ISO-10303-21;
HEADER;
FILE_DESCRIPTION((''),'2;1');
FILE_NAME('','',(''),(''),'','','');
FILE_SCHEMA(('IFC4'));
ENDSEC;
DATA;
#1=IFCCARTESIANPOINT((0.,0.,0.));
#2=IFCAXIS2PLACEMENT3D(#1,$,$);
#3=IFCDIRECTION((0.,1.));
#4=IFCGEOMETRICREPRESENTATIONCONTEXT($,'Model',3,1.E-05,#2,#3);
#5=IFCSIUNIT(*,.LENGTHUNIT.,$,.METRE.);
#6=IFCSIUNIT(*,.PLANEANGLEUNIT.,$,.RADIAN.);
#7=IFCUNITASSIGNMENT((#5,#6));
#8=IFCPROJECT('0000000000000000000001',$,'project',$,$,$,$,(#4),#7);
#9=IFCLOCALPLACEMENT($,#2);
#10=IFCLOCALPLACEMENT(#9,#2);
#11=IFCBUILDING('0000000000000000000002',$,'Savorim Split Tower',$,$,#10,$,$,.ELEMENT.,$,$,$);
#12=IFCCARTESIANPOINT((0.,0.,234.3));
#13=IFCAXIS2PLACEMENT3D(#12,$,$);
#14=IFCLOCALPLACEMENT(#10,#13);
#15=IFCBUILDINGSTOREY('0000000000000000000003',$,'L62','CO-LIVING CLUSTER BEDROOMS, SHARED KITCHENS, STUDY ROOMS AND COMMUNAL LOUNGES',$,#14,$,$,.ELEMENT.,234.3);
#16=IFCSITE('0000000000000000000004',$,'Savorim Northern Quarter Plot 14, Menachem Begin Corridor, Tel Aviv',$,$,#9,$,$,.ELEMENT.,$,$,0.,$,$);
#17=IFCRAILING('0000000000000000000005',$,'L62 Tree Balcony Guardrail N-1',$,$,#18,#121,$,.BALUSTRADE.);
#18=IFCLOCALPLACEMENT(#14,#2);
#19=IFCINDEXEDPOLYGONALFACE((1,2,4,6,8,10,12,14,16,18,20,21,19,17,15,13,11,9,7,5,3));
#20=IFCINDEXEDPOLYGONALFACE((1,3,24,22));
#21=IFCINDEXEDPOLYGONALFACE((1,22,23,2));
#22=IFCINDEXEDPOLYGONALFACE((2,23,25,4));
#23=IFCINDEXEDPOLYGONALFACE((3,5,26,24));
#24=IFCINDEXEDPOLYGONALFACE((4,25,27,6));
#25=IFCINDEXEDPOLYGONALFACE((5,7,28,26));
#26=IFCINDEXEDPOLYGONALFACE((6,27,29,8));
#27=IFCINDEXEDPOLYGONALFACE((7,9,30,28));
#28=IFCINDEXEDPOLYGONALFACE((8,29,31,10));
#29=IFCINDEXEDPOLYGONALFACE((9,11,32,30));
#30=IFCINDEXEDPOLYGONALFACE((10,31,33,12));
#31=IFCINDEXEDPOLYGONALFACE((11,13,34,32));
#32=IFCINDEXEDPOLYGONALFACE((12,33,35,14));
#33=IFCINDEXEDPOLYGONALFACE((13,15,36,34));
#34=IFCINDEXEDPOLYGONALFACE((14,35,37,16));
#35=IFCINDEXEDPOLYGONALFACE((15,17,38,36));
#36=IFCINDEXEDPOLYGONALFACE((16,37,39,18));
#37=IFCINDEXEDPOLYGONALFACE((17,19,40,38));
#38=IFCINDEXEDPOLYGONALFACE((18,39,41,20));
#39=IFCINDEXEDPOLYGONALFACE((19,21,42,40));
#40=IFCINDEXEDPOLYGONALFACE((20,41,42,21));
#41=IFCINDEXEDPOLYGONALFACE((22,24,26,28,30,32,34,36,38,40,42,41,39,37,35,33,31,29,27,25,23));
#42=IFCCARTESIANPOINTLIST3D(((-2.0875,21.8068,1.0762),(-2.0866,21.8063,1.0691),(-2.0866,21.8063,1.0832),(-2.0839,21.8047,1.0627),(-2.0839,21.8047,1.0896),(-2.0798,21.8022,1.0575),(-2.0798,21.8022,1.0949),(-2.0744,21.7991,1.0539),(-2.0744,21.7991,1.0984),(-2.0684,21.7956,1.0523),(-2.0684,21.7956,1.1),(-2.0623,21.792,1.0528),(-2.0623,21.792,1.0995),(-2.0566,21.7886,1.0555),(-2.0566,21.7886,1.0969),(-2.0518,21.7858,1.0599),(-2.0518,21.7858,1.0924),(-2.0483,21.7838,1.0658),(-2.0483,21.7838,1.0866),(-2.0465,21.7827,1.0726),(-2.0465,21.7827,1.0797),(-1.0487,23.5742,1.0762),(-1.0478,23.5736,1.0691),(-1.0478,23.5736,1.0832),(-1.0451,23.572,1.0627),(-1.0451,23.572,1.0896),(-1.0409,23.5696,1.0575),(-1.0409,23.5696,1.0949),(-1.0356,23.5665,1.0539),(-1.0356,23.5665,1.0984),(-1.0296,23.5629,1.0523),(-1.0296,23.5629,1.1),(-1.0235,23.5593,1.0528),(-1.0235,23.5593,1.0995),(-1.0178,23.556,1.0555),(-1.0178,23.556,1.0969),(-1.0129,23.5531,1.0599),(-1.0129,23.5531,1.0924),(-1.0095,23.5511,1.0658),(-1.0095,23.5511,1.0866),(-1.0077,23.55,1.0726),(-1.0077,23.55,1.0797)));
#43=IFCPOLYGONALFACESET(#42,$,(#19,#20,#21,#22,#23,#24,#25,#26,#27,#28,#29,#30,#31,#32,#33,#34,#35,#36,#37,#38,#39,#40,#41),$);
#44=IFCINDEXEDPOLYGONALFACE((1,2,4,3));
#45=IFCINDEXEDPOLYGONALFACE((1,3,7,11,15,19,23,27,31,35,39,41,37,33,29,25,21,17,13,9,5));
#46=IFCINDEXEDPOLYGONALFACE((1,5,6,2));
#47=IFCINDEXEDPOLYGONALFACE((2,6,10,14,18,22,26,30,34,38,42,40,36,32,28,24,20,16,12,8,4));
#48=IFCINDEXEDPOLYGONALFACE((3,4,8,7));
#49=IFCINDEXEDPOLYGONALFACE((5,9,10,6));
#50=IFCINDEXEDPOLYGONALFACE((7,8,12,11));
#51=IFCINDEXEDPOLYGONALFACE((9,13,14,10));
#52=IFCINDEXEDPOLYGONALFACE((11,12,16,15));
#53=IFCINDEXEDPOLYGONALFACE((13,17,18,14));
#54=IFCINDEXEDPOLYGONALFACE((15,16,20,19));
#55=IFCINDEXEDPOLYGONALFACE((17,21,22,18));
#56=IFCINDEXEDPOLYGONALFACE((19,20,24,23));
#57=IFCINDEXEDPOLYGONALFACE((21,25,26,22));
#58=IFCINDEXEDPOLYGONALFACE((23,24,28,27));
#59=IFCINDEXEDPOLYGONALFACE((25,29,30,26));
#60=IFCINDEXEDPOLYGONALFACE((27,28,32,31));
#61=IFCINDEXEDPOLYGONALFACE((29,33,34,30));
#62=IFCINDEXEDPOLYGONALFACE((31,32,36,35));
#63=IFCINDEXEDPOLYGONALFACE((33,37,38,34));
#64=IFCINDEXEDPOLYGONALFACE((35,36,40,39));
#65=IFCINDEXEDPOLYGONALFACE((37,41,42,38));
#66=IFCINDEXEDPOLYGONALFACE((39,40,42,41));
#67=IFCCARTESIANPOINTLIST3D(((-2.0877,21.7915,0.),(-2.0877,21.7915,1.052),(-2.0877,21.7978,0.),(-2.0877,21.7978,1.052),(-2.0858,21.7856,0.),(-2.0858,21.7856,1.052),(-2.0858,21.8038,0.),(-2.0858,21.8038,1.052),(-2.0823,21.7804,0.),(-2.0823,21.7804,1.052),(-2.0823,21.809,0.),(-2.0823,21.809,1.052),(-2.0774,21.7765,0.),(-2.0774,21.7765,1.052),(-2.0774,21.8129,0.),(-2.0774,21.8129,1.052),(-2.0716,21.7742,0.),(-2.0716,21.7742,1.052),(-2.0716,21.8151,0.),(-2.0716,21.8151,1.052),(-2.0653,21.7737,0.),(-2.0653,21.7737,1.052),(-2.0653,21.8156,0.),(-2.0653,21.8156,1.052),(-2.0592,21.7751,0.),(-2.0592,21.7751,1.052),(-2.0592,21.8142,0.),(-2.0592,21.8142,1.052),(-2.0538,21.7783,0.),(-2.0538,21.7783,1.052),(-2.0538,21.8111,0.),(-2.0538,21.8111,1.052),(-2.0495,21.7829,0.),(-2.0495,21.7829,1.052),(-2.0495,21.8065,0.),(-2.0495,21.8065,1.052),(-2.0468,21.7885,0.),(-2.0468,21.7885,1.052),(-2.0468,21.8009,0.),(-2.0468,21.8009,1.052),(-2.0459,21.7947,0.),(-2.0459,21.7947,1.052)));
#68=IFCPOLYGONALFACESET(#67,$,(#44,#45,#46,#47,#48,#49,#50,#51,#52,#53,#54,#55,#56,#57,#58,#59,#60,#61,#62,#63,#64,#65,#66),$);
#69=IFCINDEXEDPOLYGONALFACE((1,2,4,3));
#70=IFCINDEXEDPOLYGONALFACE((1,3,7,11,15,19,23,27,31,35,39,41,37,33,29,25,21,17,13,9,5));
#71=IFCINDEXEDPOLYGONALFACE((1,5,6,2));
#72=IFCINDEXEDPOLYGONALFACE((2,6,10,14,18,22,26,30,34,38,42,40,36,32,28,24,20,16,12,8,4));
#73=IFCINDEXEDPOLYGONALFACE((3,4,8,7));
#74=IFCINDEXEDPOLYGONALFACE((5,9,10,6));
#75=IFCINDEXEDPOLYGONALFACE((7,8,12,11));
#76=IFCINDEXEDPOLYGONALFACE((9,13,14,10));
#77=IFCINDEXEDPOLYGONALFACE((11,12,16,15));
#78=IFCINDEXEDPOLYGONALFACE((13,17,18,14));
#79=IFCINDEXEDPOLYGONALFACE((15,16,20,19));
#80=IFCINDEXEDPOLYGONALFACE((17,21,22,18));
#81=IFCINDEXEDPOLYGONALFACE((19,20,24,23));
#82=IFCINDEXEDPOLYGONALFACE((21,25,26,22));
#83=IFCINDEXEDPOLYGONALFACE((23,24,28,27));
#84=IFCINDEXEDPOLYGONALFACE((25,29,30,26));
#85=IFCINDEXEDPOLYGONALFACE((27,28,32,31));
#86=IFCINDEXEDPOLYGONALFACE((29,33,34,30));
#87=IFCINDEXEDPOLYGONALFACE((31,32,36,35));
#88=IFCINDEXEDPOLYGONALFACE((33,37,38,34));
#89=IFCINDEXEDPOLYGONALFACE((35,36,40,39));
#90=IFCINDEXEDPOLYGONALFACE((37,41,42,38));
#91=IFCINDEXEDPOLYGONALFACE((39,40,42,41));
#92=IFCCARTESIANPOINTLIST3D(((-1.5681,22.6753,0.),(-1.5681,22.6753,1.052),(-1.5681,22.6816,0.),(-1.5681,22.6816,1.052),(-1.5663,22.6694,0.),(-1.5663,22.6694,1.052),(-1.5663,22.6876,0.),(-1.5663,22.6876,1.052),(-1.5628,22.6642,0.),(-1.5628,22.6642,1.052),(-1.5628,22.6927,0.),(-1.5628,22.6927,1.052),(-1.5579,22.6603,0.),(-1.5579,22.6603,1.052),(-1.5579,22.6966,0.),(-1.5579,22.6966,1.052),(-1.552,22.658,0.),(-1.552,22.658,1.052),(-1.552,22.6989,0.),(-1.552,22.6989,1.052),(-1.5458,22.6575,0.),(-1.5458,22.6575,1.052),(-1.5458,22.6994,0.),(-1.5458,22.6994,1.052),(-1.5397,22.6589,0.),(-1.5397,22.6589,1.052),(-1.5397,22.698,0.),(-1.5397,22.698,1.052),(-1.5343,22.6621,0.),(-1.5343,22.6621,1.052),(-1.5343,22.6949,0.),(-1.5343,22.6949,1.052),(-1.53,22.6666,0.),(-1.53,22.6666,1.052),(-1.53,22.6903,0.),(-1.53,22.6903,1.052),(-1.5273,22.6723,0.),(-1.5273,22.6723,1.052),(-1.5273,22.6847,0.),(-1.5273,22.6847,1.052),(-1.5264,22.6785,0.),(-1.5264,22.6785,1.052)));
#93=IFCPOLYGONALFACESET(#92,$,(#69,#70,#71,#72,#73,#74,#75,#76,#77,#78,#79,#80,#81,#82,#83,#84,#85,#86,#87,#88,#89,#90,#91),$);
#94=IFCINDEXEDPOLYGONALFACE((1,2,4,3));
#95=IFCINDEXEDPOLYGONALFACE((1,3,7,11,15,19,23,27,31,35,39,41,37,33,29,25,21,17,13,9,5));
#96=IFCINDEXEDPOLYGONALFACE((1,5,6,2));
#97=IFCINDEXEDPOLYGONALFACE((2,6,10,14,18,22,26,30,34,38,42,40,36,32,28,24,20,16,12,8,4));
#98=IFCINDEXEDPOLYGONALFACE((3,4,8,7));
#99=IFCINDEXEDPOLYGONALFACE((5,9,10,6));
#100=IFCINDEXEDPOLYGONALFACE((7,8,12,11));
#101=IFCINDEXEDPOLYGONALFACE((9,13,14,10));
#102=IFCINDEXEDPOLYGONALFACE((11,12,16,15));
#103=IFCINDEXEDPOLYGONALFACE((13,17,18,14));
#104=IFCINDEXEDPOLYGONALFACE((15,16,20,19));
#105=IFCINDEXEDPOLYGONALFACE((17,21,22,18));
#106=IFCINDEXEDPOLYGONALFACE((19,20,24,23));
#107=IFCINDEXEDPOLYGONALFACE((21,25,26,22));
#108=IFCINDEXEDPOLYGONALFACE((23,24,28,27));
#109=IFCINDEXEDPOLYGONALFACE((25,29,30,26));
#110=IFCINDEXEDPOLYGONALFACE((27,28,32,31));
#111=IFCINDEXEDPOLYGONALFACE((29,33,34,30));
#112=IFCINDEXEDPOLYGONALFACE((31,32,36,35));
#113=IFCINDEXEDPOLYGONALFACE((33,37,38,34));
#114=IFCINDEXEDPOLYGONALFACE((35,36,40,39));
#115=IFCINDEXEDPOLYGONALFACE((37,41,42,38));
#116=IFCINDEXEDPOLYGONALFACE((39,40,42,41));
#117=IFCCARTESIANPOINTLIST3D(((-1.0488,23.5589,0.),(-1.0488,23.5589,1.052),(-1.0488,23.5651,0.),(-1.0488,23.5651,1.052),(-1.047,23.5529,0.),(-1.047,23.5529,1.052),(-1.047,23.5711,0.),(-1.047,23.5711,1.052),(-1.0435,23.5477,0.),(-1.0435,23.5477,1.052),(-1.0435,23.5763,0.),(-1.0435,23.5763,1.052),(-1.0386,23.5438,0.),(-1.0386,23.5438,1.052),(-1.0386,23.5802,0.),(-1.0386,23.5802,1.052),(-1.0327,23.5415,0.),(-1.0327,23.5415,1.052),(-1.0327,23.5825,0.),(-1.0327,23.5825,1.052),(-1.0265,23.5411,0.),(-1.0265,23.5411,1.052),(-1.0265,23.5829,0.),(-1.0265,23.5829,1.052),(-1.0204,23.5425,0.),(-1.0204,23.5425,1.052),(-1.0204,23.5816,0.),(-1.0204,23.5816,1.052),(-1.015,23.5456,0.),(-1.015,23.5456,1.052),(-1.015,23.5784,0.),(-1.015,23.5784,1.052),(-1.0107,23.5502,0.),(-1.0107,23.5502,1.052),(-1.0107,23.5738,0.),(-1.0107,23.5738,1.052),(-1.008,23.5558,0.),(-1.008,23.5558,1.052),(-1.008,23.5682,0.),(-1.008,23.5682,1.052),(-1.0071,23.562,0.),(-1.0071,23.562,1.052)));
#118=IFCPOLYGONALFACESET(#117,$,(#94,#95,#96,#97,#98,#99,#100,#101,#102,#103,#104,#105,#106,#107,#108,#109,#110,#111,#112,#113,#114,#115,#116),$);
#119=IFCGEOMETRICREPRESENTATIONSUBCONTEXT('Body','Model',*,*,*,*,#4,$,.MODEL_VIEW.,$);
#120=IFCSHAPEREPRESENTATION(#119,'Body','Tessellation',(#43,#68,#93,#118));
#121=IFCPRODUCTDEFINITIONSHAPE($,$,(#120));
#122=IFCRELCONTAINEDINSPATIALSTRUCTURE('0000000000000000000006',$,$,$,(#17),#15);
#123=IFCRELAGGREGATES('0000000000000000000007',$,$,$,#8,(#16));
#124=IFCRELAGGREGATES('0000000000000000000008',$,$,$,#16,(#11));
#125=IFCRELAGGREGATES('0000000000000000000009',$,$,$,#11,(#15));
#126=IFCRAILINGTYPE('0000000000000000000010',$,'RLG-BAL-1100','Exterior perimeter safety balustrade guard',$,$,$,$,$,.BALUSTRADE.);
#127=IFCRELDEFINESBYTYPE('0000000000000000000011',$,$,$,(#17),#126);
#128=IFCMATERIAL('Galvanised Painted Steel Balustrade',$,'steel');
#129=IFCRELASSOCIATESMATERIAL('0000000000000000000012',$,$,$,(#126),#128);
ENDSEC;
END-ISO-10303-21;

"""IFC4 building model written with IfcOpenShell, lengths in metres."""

from ifc_helpers import new_model, si_unit, direction, frame, origin, origin_2d, place, context, subcontext, project, spatial, circle, extrude, material, type_object, element, save


model = new_model("IFC4")

# Units and contexts
model_context = context("Model", 3, precision=1e-05, world=origin(), true_north=direction((0.0, 1.0)))
body_context = subcontext(model_context, "Body", "Model", "MODEL_VIEW")
ifc_project = project(units=[si_unit("LENGTHUNIT", "METRE"), si_unit("PLANEANGLEUNIT", "RADIAN")], contexts=[model_context])

# Site, building, storey
site_placement = place(None, origin())
site = spatial("IfcSite", under=ifc_project, at=site_placement, Name="Savorim Northern Quarter Plot 14, Menachem Begin Corridor, Tel Aviv", CompositionType="ELEMENT", RefElevation=0.0)
building_placement = place(site_placement, origin())
building = spatial("IfcBuilding", under=site, at=building_placement, Name="Savorim Split Tower", CompositionType="ELEMENT")
storey_placement = place(building_placement, frame((0.0, 0.0, 234.3)))
storey = spatial("IfcBuildingStorey", under=building, at=storey_placement, Name="L62", Description="CO-LIVING CLUSTER BEDROOMS, SHARED KITCHENS, STUDY ROOMS AND COMMUNAL LOUNGES", CompositionType="ELEMENT", Elevation=234.3)

# Railing
ifc_material_1 = material(Name="Galvanised Painted Steel Balustrade", Category="steel")
railing_type = type_object("IfcRailingType", Name="RLG-BAL-1100", Description="Exterior perimeter safety balustrade guard", PredefinedType="BALUSTRADE", material=ifc_material_1)
railing_1_placement = place(storey_placement, frame((-2.0669, 21.7947, 0.0)))
element("IfcRailing", 1, at=railing_1_placement, inside=storey, type_object=railing_type, Name="L62 Tree Balcony Guardrail N-1", PredefinedType="BALUSTRADE", context=body_context, shape_type="SweptSolid", body=[
    extrude(circle(Radius=0.0239, at=origin_2d()), frame((0.0, 0.0, 1.0762), z_axis=(0.506734, 0.862103, 0.0), x_axis=(-0.862103, 0.506734, 0.0)), (0.0, 0.0, 1.0), 2.05),
    extrude(circle(Radius=0.021, at=origin_2d()), origin(), (0.0, 0.0, 1.0), 1.052),
    extrude(circle(Radius=0.021, at=origin_2d()), frame((0.5195, 0.8838, 0.0)), (0.0, 0.0, 1.0), 1.052),
    extrude(circle(Radius=0.021, at=origin_2d()), frame((1.0388, 1.7673, 0.0)), (0.0, 0.0, 1.0), 1.052),
])

save(model, "model.ifc")
